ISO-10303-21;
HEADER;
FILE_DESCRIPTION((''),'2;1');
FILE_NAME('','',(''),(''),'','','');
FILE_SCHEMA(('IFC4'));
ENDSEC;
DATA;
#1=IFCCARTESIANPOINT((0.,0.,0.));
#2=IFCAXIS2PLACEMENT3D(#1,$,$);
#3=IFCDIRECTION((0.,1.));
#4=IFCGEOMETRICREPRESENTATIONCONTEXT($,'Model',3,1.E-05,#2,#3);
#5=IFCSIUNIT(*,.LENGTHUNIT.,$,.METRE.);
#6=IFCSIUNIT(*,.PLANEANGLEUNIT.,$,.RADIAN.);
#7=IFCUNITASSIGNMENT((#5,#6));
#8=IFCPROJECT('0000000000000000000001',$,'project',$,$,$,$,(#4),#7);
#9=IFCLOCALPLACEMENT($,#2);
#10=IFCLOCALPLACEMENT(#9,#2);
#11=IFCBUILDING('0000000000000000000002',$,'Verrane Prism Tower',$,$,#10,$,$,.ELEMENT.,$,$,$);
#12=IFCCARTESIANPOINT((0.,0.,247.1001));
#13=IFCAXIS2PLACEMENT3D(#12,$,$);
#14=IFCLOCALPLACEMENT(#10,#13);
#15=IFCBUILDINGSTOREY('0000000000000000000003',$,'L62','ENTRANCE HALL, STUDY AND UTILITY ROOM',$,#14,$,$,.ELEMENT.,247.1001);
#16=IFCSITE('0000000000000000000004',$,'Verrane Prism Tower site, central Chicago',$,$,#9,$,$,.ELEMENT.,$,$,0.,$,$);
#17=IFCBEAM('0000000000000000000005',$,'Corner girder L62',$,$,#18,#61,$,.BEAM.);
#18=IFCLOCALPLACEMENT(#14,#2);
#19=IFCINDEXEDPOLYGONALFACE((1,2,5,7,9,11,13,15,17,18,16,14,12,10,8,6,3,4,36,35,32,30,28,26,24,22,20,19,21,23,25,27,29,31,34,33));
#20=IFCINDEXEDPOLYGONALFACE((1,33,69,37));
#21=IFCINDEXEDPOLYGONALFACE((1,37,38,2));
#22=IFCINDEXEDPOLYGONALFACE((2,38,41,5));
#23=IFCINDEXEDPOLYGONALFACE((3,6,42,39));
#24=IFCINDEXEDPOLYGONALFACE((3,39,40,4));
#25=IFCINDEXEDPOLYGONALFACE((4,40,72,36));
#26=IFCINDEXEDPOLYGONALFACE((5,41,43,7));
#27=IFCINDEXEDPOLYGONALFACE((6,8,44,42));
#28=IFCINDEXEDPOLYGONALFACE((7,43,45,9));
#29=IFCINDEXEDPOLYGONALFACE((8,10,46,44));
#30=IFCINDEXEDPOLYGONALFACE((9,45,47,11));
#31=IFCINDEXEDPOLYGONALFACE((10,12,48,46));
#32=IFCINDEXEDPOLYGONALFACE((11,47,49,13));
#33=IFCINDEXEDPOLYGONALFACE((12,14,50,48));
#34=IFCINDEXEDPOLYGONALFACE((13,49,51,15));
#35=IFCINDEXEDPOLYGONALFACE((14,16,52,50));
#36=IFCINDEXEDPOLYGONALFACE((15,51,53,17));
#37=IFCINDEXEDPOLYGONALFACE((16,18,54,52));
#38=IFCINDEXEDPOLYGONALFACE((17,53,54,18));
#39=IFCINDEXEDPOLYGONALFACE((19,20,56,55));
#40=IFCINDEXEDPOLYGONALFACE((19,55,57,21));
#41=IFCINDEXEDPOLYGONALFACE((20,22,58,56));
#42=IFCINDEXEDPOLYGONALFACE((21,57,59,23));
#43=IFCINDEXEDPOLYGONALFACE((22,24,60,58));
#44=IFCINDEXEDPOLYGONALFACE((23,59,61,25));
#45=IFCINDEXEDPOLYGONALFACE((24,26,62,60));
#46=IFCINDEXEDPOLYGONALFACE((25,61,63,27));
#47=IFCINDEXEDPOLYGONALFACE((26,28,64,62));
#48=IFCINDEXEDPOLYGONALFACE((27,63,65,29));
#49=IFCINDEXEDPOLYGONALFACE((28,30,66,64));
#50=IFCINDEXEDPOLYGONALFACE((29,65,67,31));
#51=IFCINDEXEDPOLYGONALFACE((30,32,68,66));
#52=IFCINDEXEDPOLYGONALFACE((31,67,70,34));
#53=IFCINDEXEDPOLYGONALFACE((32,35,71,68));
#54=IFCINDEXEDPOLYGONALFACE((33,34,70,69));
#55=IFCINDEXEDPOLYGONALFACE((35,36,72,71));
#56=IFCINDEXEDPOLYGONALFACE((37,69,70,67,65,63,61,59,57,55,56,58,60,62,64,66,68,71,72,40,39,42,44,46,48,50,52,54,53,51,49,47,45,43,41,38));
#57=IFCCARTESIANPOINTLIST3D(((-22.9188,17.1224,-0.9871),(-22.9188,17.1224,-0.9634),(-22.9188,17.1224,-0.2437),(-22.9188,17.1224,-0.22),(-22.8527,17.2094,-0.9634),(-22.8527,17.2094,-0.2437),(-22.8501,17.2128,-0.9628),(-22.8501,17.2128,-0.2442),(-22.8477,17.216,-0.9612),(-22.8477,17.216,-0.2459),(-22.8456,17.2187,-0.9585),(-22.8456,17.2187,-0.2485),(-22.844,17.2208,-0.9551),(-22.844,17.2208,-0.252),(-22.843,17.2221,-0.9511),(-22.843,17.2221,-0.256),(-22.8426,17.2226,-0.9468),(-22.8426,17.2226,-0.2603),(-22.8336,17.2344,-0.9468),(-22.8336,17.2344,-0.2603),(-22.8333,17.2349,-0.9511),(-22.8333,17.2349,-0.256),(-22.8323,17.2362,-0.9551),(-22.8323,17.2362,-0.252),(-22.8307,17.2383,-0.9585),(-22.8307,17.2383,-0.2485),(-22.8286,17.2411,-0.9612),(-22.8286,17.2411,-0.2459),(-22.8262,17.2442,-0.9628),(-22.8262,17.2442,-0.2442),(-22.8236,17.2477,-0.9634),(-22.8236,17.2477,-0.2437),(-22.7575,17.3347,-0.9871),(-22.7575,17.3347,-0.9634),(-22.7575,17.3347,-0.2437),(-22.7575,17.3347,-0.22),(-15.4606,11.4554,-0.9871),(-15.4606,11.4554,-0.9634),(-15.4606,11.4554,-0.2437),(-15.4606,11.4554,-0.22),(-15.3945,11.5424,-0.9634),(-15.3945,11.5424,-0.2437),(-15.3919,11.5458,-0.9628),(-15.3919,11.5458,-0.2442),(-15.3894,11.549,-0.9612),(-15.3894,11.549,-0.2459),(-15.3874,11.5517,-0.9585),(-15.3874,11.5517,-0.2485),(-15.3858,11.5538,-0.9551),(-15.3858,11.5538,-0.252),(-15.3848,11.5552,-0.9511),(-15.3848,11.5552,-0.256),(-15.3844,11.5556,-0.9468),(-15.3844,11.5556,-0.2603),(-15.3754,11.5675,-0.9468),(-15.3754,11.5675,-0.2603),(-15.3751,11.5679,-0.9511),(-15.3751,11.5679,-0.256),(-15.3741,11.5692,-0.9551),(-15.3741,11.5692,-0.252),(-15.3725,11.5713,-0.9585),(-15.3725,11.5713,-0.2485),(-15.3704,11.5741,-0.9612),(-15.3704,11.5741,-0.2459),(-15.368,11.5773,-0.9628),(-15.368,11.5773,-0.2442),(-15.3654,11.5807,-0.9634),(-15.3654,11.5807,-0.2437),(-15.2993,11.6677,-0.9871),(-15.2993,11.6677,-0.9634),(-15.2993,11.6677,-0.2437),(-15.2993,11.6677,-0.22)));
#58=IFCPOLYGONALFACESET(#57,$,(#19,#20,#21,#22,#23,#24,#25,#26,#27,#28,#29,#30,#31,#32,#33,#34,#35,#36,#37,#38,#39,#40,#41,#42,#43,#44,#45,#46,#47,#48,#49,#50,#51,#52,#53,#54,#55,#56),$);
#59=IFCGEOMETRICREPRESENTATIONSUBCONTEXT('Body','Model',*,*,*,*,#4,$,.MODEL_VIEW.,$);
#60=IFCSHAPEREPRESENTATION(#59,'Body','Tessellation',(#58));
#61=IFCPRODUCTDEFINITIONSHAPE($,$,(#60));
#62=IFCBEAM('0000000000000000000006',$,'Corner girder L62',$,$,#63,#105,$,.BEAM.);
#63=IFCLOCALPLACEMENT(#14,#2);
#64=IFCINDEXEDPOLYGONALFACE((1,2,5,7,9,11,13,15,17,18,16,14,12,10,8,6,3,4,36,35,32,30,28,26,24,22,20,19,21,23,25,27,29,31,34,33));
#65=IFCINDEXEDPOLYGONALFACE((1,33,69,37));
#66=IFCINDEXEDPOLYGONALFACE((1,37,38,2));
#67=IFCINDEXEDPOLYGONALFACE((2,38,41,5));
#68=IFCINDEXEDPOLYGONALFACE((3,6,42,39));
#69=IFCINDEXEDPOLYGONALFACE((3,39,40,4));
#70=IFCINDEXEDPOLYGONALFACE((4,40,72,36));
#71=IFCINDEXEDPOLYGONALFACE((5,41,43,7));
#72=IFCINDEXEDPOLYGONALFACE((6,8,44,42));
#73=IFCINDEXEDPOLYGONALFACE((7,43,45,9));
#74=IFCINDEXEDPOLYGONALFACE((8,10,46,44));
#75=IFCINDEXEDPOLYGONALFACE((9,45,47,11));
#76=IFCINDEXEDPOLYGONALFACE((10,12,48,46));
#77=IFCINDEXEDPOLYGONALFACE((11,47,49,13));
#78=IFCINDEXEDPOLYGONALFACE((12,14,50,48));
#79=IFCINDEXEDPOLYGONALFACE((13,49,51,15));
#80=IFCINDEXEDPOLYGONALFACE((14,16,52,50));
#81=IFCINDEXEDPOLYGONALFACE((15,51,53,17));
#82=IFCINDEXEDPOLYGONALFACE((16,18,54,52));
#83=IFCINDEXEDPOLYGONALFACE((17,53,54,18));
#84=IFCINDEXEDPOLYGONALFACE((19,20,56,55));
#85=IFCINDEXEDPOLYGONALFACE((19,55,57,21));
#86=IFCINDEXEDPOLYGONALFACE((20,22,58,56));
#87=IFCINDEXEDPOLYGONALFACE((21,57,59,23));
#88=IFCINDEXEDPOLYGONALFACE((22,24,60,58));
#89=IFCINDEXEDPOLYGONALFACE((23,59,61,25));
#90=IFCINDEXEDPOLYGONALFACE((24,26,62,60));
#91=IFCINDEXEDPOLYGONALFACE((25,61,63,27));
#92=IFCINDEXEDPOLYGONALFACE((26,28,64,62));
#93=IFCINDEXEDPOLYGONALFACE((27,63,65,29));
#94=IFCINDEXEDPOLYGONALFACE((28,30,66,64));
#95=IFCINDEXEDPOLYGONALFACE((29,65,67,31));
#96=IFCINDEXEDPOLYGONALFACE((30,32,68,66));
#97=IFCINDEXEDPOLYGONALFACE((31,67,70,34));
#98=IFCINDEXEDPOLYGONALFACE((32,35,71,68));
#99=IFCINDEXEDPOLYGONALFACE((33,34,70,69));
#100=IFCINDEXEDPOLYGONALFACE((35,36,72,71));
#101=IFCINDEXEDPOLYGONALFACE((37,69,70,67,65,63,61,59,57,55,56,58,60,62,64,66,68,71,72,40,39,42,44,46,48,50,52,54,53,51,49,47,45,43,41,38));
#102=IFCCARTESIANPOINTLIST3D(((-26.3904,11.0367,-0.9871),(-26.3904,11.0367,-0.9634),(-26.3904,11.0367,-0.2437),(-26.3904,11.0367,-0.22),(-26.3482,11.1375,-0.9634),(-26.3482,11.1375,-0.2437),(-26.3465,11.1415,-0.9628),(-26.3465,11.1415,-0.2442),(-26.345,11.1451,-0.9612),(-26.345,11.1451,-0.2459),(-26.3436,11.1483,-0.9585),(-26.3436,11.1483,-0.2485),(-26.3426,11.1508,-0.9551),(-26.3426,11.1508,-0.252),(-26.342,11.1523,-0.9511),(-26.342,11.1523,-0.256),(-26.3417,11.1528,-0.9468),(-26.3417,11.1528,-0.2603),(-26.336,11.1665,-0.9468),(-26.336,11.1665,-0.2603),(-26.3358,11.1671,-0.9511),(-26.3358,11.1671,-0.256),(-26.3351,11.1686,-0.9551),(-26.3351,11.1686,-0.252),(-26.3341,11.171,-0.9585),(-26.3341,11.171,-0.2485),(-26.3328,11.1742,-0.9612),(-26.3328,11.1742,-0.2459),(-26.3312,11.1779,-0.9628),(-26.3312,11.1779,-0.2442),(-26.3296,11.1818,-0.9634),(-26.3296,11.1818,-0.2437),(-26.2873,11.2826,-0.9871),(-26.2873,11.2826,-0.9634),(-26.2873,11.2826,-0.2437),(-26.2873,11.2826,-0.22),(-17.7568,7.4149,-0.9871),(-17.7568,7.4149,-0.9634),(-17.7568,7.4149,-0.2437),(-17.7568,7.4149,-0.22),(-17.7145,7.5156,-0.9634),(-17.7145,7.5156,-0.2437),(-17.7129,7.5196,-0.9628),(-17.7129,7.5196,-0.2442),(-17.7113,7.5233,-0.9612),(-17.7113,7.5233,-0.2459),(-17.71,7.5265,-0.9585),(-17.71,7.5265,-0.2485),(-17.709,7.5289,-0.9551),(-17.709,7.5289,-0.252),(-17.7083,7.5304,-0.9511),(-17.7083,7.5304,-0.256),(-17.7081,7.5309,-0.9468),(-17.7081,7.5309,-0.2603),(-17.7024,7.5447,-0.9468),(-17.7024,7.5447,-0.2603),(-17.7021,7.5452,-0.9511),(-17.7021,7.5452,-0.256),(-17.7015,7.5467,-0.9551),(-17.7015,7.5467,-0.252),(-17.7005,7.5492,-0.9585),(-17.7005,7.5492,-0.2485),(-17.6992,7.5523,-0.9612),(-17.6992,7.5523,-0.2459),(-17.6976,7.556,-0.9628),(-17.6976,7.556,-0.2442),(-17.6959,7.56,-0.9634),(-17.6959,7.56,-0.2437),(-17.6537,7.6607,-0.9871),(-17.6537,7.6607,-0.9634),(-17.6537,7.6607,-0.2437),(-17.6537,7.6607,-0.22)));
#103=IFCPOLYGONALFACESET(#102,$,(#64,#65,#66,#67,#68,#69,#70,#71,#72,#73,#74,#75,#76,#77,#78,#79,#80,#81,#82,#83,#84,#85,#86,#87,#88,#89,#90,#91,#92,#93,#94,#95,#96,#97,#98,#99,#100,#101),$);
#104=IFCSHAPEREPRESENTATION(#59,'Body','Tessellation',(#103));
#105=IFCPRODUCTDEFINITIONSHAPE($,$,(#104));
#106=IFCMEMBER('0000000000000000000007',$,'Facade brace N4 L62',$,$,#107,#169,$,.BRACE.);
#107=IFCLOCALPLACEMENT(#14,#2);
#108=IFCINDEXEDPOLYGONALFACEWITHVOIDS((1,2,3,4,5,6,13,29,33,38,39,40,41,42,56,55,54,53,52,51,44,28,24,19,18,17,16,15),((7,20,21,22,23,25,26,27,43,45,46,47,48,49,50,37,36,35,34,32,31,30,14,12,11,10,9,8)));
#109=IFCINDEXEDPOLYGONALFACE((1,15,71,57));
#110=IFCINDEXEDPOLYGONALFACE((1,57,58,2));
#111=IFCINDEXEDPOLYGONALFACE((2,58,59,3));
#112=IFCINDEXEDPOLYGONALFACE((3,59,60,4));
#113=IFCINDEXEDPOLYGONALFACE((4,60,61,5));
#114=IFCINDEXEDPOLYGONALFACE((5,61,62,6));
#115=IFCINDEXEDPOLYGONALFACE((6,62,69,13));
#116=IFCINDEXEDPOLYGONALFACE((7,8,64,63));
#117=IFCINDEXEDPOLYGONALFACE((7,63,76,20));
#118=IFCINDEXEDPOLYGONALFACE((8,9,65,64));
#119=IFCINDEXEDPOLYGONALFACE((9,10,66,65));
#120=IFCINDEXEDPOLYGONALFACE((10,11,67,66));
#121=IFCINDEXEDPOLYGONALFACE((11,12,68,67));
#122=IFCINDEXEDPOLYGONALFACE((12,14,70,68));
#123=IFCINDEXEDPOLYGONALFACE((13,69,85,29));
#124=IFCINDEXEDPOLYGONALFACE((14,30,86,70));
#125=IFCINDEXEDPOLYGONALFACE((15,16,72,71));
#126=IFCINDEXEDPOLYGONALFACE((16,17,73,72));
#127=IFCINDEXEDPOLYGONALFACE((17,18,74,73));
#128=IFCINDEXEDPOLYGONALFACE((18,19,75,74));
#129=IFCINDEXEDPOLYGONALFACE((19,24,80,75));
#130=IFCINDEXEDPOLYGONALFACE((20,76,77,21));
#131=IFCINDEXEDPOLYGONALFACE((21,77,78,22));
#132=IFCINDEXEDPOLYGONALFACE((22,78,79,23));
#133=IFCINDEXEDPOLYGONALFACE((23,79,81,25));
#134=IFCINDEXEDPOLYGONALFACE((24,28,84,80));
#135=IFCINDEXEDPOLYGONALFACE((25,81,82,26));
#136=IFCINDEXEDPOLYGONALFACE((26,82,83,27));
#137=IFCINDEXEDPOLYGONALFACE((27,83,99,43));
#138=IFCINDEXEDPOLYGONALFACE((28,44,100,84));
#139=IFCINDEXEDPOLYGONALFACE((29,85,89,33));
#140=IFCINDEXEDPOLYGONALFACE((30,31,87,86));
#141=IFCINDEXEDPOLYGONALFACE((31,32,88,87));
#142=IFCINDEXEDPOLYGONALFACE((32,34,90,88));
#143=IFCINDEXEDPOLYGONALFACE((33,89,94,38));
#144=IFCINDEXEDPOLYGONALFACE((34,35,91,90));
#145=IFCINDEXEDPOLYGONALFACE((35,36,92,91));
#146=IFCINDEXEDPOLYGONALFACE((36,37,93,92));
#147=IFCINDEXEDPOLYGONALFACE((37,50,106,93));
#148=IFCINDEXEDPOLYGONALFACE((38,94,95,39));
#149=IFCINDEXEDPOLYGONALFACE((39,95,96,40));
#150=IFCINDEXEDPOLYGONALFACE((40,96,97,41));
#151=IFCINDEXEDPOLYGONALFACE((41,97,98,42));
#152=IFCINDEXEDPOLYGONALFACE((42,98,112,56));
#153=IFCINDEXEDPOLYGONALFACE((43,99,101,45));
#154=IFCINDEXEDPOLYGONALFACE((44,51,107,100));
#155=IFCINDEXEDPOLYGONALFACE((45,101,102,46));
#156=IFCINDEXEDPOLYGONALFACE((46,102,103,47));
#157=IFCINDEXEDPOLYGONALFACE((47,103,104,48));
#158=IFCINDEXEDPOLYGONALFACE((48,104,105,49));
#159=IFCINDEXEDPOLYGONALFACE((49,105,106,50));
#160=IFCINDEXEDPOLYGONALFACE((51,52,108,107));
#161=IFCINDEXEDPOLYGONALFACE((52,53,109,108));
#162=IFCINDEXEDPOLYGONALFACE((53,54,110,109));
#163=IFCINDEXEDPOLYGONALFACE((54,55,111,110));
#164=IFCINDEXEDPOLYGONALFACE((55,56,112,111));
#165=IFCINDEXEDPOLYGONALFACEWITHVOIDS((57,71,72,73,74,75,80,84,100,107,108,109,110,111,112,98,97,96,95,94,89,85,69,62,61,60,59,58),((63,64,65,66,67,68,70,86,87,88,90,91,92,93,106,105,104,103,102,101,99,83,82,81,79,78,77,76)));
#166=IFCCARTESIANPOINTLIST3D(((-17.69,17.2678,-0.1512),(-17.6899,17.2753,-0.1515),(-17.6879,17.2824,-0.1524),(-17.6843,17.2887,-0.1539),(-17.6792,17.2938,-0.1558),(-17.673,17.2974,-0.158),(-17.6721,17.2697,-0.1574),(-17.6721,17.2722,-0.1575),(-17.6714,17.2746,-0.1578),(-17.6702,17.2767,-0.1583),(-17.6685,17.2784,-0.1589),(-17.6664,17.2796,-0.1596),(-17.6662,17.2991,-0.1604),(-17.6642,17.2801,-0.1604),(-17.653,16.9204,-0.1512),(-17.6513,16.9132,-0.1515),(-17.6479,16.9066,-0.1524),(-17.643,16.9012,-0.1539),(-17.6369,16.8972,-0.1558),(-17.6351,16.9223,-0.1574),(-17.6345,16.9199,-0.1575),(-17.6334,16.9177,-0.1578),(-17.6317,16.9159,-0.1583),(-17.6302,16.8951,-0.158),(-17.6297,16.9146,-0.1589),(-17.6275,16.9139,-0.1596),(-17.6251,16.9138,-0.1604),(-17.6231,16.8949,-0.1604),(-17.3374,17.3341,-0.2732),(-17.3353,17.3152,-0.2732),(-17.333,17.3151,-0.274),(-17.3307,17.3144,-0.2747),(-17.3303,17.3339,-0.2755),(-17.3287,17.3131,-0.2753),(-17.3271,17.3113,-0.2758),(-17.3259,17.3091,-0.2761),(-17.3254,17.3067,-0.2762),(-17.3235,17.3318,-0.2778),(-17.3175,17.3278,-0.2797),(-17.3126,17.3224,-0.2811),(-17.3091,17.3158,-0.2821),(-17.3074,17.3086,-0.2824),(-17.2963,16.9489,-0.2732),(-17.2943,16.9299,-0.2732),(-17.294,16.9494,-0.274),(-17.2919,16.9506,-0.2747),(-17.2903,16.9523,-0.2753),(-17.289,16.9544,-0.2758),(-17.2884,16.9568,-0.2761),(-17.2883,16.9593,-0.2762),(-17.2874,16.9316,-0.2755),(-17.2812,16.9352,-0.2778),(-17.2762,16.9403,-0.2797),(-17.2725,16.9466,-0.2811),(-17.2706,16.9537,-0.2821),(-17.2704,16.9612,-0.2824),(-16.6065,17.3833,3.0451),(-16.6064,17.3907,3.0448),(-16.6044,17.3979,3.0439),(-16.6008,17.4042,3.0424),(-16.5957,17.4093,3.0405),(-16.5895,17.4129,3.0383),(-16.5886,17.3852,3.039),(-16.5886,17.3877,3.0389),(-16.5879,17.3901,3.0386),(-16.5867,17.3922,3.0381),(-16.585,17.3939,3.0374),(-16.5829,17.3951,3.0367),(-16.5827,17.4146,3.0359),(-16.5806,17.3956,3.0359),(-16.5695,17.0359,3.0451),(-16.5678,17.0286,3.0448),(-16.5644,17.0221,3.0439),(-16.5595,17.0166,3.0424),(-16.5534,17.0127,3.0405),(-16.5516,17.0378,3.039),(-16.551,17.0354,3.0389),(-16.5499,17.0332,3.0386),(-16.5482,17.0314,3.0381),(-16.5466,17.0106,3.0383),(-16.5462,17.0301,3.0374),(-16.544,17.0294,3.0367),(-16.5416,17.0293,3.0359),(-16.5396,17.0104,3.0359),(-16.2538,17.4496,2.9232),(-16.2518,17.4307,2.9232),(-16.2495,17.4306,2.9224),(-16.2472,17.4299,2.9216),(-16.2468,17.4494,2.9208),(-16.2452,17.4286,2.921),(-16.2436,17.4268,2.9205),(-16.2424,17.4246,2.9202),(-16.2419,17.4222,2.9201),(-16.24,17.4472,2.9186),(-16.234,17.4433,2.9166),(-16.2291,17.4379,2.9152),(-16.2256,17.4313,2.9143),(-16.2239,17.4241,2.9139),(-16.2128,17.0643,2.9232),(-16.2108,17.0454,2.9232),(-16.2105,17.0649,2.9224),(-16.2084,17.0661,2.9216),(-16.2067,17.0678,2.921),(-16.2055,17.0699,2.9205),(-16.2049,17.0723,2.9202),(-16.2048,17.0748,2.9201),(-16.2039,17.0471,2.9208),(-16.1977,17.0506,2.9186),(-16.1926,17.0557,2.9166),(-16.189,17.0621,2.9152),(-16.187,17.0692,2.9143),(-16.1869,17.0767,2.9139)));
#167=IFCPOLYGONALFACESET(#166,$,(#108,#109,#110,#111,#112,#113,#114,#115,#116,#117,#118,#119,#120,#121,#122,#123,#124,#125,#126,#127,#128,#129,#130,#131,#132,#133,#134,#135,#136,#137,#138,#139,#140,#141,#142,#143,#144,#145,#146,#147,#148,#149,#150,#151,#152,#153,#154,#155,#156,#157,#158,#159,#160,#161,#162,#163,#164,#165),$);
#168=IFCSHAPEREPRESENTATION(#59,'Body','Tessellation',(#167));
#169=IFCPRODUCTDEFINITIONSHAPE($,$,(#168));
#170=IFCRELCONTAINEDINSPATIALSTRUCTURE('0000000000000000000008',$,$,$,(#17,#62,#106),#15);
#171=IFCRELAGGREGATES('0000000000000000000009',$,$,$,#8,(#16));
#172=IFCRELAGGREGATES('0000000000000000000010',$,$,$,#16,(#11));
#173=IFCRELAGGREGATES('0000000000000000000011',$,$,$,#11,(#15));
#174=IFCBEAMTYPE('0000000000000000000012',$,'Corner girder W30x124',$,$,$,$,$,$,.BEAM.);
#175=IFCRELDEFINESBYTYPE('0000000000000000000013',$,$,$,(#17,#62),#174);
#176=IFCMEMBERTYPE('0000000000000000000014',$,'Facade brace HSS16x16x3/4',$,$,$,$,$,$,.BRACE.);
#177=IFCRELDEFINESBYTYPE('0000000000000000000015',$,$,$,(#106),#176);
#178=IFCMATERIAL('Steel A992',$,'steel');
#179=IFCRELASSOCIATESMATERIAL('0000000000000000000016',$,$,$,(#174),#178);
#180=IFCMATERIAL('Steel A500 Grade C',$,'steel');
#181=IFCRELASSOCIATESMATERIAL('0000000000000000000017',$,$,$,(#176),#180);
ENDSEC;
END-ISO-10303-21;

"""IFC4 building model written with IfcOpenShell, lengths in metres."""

from ifc_helpers import new_model, si_unit, direction, frame, origin, origin_2d, place, context, subcontext, project, spatial, hollow_rectangle, i_section, extrude, material, material_profile, profile_set, type_object, element, save


model = new_model("IFC4")

# Units and contexts
model_context = context("Model", 3, precision=1e-05, world=origin(), true_north=direction((0.0, 1.0)))
body_context = subcontext(model_context, "Body", "Model", "MODEL_VIEW")
ifc_project = project(units=[si_unit("LENGTHUNIT", "METRE"), si_unit("PLANEANGLEUNIT", "RADIAN")], contexts=[model_context])

# Site, building, storey
site_placement = place(None, origin())
site = spatial("IfcSite", under=ifc_project, at=site_placement, Name="Verrane Prism Tower site, central Chicago", CompositionType="ELEMENT", RefElevation=0.0)
building_placement = place(site_placement, origin())
building = spatial("IfcBuilding", under=site, at=building_placement, Name="Verrane Prism Tower", CompositionType="ELEMENT")
storey_placement = place(building_placement, frame((0.0, 0.0, 247.1001)))
storey = spatial("IfcBuildingStorey", under=building, at=storey_placement, Name="L62", Description="ENTRANCE HALL, STUDY AND UTILITY ROOM", CompositionType="ELEMENT", Elevation=247.1001)

# Beams
ifc_material_1 = material(Name="Steel A992", Category="steel")
ifc_material_profile_1 = material_profile(ifc_material_1, i_section(OverallWidth=0.2666, OverallDepth=0.7671, WebThickness=0.0149, FlangeThickness=0.0237, FilletRadius=0.0166, at=origin_2d()), Name="W30x124")
ifc_profile_set_1 = profile_set([ifc_material_profile_1], Name="Steel A992")
beam_type_1 = type_object("IfcBeamType", Name="Corner girder W30x124", PredefinedType="BEAM", material=ifc_profile_set_1)
beam_1_placement = place(storey_placement, frame((-22.8381, 17.2285, -0.6035), z_axis=(0.796228, -0.604997, 0.0), x_axis=(0.604997, 0.796228, 0.0)))
element("IfcBeam", 1, at=beam_1_placement, inside=storey, type_object=beam_type_1, Name="Corner girder L62", PredefinedType="BEAM", context=body_context, shape_type="SweptSolid", body=[
    extrude(i_section(OverallWidth=0.2666, OverallDepth=0.7671, WebThickness=0.0149, FlangeThickness=0.0237, FilletRadius=0.0166, at=origin_2d()), origin(), (0.0, 0.0, 1.0), 9.3669),
])
beam_2_placement = place(storey_placement, frame((-26.3389, 11.1597, -0.6035), z_axis=(0.922145, -0.386845, 0.0), x_axis=(0.386845, 0.922145, 0.0)))
element("IfcBeam", 2, at=beam_2_placement, inside=storey, type_object=beam_type_1, Name="Corner girder L62", PredefinedType="BEAM", context=body_context, shape_type="SweptSolid", body=[
    extrude(i_section(OverallWidth=0.2666, OverallDepth=0.7671, WebThickness=0.0149, FlangeThickness=0.0237, FilletRadius=0.0166, at=origin_2d()), origin(), (0.0, 0.0, 1.0), 9.3625),
])

# Member
ifc_material_2 = material(Name="Steel A500 Grade C", Category="steel")
ifc_material_profile_2 = material_profile(ifc_material_2, hollow_rectangle(XDim=0.4065, YDim=0.4065, WallThickness=0.019, InnerFilletRadius=0.0095, OuterFilletRadius=0.0286, at=origin_2d()), Name="HSS16x16x3/4")
ifc_profile_set_2 = profile_set([ifc_material_profile_2], Name="Steel A500 Grade C")
member_type_1 = type_object("IfcMemberType", Name="Facade brace HSS16x16x3/4", PredefinedType="BRACE", material=ifc_profile_set_2)
member_1_placement = place(storey_placement, frame((-17.4802, 17.1145, -0.2168), z_axis=(0.320854, 0.034196, 0.946511), x_axis=(-0.105979, 0.994368, 0.0)))
element("IfcMember", 3, at=member_1_placement, inside=storey, type_object=member_type_1, Name="Facade brace N4 L62", PredefinedType="BRACE", context=body_context, shape_type="SweptSolid", body=[
    extrude(hollow_rectangle(XDim=0.4065, YDim=0.4065, WallThickness=0.019, InnerFilletRadius=0.0095, OuterFilletRadius=0.0286, at=origin_2d()), origin(), (0.0, 0.0, 1.0), 3.377),
])

save(model, "model.ifc")
